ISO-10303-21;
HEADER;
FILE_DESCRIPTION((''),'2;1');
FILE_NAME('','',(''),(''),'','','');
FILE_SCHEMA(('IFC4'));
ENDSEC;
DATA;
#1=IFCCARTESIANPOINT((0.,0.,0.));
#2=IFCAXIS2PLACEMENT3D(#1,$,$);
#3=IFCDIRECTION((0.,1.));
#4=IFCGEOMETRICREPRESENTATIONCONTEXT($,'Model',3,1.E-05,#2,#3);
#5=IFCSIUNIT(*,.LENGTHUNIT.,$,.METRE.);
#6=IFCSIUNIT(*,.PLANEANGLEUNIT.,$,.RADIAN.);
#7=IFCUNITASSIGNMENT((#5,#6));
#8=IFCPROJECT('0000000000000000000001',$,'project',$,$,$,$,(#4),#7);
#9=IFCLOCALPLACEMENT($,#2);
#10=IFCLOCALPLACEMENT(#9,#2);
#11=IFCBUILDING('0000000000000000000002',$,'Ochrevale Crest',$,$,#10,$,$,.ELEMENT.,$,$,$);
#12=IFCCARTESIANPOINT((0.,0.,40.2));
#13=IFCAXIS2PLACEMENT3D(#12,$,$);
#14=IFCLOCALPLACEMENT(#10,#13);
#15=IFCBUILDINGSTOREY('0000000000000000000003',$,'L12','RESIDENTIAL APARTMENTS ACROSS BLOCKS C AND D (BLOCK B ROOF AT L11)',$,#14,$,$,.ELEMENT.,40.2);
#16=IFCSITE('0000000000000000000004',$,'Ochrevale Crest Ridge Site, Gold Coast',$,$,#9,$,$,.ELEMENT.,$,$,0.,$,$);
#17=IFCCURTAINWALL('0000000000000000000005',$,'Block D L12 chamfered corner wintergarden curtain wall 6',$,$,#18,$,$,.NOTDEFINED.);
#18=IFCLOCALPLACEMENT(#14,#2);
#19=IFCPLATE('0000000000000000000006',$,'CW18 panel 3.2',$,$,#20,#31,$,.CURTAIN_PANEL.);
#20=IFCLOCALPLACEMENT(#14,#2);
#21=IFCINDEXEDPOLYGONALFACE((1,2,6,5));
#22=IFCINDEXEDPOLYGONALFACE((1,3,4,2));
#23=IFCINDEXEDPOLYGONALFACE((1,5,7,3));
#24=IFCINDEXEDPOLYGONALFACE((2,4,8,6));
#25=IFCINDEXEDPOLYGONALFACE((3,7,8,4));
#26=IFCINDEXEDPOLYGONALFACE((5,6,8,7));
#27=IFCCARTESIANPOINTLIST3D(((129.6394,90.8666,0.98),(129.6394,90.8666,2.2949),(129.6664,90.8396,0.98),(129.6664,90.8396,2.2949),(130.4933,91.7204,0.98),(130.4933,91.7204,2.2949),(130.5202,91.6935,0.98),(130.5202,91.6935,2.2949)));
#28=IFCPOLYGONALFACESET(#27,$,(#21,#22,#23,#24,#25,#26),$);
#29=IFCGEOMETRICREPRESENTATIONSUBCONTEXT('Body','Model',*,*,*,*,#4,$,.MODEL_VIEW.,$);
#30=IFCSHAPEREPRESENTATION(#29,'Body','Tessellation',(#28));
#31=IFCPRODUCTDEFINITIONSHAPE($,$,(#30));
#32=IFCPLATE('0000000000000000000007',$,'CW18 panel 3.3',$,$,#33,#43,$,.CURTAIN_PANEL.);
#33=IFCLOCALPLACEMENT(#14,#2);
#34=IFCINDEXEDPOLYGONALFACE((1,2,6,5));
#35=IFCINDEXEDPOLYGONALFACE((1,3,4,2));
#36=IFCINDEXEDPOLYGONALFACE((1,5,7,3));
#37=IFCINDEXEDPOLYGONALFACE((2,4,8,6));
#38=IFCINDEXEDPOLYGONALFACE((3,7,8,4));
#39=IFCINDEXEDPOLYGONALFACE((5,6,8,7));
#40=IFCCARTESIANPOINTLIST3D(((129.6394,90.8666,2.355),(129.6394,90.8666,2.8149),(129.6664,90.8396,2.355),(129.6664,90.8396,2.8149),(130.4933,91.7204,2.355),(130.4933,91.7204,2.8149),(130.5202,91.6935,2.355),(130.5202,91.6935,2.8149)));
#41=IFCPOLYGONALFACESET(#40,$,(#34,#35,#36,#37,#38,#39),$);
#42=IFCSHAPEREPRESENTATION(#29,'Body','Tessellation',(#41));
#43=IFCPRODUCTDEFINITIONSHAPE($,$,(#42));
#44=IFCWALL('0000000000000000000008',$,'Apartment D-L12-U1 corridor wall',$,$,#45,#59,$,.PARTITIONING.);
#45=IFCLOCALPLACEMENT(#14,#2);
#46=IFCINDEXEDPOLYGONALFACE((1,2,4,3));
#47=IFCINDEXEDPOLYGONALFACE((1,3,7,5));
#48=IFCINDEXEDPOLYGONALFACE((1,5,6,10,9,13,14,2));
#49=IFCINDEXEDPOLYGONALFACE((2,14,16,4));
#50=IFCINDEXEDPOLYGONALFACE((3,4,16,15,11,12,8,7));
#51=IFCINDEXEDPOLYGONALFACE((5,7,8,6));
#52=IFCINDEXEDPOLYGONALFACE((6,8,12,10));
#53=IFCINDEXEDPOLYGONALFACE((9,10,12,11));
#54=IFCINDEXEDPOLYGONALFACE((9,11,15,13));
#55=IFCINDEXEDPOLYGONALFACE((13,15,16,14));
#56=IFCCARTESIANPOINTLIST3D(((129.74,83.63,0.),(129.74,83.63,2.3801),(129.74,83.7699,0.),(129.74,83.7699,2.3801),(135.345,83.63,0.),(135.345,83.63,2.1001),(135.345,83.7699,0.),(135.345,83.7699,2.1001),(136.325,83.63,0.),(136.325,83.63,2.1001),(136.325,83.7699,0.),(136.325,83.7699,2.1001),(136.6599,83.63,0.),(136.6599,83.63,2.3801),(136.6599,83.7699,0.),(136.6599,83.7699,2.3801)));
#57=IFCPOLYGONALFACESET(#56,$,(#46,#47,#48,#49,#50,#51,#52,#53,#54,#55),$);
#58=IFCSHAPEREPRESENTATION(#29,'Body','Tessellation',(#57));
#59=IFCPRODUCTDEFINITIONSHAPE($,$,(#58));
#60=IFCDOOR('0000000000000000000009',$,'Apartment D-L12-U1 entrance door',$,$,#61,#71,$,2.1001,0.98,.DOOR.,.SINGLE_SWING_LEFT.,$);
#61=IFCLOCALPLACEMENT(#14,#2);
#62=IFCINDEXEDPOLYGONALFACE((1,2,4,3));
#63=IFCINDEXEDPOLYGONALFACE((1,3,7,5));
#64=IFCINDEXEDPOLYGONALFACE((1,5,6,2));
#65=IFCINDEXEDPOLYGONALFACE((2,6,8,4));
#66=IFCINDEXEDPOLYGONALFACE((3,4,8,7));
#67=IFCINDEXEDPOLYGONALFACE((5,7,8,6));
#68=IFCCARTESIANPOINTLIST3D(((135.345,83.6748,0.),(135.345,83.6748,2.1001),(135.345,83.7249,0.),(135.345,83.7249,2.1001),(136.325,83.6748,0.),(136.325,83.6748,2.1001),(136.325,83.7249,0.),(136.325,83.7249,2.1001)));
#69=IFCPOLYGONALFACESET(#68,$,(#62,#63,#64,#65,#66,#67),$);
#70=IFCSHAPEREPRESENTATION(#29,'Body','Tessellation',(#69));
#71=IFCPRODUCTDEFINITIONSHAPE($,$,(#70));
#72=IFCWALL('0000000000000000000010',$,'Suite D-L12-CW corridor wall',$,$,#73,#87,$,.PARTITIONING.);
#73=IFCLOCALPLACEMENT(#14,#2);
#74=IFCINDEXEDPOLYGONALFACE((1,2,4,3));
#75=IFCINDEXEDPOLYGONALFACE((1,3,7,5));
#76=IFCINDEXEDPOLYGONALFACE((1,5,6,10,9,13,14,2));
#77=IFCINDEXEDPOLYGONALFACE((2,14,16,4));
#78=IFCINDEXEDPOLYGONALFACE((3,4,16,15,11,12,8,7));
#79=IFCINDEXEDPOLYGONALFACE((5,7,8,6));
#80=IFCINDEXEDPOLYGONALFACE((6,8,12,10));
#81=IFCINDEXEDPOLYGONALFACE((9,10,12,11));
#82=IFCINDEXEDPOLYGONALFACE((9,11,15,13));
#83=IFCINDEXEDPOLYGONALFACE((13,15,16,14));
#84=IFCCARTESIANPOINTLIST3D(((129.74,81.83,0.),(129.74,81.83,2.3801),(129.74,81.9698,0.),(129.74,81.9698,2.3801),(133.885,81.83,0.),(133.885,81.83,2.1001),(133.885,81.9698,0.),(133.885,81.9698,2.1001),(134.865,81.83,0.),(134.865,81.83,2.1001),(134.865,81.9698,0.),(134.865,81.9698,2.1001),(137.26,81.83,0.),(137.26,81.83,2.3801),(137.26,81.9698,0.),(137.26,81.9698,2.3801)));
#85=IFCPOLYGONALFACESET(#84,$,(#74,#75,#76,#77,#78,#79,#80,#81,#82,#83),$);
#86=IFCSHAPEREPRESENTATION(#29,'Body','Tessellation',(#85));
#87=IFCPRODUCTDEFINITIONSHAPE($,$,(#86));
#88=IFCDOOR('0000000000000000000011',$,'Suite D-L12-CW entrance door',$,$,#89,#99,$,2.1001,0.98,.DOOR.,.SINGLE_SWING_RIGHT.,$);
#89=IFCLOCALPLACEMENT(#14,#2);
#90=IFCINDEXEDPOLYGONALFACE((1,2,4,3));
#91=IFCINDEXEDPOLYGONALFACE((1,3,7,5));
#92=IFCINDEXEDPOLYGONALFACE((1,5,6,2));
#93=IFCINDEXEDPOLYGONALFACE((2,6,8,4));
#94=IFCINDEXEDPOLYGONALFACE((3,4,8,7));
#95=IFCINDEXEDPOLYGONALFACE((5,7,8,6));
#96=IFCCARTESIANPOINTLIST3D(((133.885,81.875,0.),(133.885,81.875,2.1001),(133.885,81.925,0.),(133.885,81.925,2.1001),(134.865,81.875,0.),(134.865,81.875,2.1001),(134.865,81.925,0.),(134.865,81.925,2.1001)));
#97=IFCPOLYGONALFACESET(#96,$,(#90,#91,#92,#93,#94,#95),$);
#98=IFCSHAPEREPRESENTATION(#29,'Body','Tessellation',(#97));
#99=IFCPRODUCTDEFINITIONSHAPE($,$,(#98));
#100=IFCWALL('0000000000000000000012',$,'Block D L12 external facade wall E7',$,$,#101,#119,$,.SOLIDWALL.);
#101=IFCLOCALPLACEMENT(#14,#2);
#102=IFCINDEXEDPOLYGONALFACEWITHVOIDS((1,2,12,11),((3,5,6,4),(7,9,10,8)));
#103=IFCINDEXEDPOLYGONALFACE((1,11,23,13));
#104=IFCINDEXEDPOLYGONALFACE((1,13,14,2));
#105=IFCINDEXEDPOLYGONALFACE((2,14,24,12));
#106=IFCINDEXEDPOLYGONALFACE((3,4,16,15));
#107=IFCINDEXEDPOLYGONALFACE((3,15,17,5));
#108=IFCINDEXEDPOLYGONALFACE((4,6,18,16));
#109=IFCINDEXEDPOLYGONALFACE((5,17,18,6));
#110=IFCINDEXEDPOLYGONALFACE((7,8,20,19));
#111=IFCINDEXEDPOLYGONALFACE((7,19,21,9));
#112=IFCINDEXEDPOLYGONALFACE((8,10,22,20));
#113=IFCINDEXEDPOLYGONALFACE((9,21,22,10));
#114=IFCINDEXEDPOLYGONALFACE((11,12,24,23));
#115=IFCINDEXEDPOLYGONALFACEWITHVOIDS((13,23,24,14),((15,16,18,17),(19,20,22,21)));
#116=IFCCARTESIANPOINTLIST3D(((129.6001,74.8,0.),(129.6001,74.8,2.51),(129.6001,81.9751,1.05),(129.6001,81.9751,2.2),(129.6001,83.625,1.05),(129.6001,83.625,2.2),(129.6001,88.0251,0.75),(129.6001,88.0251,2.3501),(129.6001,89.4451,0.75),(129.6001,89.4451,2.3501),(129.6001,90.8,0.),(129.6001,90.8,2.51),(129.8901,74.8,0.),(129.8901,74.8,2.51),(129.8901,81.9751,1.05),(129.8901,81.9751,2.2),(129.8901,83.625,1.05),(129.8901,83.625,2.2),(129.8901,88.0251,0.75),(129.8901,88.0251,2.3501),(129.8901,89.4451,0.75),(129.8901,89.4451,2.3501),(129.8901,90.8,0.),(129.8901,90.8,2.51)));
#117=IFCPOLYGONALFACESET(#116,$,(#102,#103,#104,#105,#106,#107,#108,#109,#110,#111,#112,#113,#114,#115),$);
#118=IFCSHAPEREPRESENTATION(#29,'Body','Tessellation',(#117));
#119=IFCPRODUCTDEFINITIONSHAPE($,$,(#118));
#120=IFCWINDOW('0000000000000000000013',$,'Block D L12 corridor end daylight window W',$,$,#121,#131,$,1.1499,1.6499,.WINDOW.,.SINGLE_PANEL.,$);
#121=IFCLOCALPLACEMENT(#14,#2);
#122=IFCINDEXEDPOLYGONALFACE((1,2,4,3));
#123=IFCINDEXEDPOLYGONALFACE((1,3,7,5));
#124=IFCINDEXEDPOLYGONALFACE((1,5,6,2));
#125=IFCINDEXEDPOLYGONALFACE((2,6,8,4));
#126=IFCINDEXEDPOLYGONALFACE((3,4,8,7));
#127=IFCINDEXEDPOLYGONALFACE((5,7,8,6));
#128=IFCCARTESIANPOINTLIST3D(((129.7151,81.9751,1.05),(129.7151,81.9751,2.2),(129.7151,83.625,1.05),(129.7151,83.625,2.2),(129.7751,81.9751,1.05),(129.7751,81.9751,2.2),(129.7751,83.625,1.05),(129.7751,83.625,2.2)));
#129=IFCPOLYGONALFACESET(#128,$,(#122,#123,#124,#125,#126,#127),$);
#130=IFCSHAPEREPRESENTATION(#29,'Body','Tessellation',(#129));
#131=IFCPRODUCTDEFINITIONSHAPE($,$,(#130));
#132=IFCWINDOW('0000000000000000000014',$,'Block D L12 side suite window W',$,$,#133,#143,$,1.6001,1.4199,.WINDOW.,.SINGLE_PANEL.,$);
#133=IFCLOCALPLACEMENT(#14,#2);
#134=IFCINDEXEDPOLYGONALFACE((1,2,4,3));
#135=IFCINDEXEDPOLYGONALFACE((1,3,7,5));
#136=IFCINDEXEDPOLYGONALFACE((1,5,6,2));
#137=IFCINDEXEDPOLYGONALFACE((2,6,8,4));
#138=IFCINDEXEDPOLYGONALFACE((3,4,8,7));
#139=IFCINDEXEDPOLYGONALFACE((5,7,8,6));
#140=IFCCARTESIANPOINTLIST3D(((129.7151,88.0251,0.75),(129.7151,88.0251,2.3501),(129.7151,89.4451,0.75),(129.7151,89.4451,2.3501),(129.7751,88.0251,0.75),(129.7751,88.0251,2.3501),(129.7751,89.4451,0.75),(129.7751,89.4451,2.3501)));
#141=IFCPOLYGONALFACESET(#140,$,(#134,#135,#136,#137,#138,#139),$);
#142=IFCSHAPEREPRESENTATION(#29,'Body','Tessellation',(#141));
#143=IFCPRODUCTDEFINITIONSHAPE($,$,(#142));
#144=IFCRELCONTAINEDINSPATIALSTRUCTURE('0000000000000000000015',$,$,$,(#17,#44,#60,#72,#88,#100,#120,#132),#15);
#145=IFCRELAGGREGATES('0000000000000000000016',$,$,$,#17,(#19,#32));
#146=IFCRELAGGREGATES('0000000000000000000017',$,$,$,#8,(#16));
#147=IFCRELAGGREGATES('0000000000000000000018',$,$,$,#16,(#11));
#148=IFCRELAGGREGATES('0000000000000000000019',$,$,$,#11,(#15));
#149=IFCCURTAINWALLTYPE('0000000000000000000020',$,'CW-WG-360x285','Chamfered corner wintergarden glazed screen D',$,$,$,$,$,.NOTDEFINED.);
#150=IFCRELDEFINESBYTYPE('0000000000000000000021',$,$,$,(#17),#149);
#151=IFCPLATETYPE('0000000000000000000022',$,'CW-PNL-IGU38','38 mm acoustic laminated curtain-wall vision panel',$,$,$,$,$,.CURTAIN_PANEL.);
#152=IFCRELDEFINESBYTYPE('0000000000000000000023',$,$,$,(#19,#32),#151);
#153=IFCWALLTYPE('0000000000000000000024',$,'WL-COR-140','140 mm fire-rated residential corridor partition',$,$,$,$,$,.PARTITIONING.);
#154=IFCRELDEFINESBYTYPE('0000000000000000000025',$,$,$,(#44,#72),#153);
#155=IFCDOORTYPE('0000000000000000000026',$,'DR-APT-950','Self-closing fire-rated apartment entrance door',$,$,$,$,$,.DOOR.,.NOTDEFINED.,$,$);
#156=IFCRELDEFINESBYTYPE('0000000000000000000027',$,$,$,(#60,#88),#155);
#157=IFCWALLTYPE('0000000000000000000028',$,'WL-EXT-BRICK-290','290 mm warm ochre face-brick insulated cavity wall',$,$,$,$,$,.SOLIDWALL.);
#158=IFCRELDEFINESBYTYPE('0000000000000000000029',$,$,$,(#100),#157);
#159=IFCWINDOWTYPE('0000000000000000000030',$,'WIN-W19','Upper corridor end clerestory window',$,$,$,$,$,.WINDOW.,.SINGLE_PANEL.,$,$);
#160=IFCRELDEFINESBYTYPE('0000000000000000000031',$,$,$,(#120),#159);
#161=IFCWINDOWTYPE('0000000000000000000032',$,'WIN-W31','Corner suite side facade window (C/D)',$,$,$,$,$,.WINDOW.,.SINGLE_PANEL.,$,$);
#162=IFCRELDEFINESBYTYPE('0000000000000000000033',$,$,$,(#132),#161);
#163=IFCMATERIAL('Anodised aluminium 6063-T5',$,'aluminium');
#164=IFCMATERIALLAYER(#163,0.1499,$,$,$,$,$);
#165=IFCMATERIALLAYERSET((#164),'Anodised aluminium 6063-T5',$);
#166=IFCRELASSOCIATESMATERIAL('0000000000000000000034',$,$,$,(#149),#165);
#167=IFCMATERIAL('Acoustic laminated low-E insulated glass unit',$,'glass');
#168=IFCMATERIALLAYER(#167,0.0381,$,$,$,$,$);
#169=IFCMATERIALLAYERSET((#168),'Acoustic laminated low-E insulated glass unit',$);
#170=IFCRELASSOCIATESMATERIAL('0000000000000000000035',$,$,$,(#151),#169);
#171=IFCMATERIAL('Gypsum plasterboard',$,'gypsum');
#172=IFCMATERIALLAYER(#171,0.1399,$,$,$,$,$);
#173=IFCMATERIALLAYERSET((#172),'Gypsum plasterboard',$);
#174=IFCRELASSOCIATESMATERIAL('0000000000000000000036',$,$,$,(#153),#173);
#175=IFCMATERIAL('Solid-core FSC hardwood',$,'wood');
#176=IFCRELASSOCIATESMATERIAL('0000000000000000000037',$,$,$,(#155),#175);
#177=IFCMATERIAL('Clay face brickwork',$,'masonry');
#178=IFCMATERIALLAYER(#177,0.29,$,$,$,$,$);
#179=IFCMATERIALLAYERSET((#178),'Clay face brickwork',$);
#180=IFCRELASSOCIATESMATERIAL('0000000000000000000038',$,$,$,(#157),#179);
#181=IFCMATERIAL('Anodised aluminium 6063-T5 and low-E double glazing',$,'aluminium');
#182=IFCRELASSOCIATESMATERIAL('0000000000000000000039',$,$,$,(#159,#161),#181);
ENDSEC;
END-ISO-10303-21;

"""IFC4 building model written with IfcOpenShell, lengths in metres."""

from ifc_helpers import new_model, si_unit, direction, frame, frame_2d, origin, origin_2d, place, context, subcontext, project, spatial, rectangle, extrude, material, layer, layer_set, type_object, element, fill, aggregate, save


model = new_model("IFC4")

# Units and contexts
model_context = context("Model", 3, precision=1e-05, world=origin(), true_north=direction((0.0, 1.0)))
body_context = subcontext(model_context, "Body", "Model", "MODEL_VIEW")
ifc_project = project(units=[si_unit("LENGTHUNIT", "METRE"), si_unit("PLANEANGLEUNIT", "RADIAN")], contexts=[model_context])

# Site, building, storey
site_placement = place(None, origin())
site = spatial("IfcSite", under=ifc_project, at=site_placement, Name="Ochrevale Crest Ridge Site, Gold Coast", CompositionType="ELEMENT", RefElevation=0.0)
building_placement = place(site_placement, origin())
building = spatial("IfcBuilding", under=site, at=building_placement, Name="Ochrevale Crest", CompositionType="ELEMENT")
storey_placement = place(building_placement, frame((0.0, 0.0, 40.2)))
storey = spatial("IfcBuildingStorey", under=building, at=storey_placement, Name="L12", Description="RESIDENTIAL APARTMENTS ACROSS BLOCKS C AND D (BLOCK B ROOF AT L11)", CompositionType="ELEMENT", Elevation=40.2)

# Curtain wall
ifc_material_1 = material(Name="Anodised aluminium 6063-T5", Category="aluminium")
ifc_layer_1 = layer(ifc_material_1, 0.1499)
ifc_layer_set_1 = layer_set([ifc_layer_1], Name="Anodised aluminium 6063-T5")
curtain_wall_type_1 = type_object("IfcCurtainWallType", Name="CW-WG-360x285", Description="Chamfered corner wintergarden glazed screen D", PredefinedType="NOTDEFINED", material=ifc_layer_set_1)
curtain_wall_1_placement = place(storey_placement, origin())
curtain_wall_1 = element("IfcCurtainWall", 1, at=curtain_wall_1_placement, inside=storey, type_object=curtain_wall_type_1, Name="Block D L12 chamfered corner wintergarden curtain wall 6", PredefinedType="NOTDEFINED")

# Plates
ifc_material_2 = material(Name="Acoustic laminated low-E insulated glass unit", Category="glass")
ifc_layer_2 = layer(ifc_material_2, 0.0381)
ifc_layer_set_2 = layer_set([ifc_layer_2], Name="Acoustic laminated low-E insulated glass unit")
plate_type_1 = type_object("IfcPlateType", Name="CW-PNL-IGU38", Description="38 mm acoustic laminated curtain-wall vision panel", PredefinedType="CURTAIN_PANEL", material=ifc_layer_set_2)
plate_1_placement = place(storey_placement, frame((130.0798, 91.28, 0.98), z_axis=(0.0, 0.0, 1.0), x_axis=(-0.707107, -0.707107, 0.0)))
plate_1 = element("IfcPlate", 2, at=plate_1_placement, type_object=plate_type_1, Name="CW18 panel 3.2", PredefinedType="CURTAIN_PANEL", context=body_context, shape_type="SweptSolid", body=[
    extrude(rectangle(XDim=1.2075, YDim=0.0381, at=origin_2d()), origin(), (0.0, 0.0, 1.0), 1.3149),
])
plate_2_placement = place(storey_placement, frame((130.0798, 91.28, 2.355), z_axis=(0.0, 0.0, 1.0), x_axis=(-0.707107, -0.707107, 0.0)))
plate_2 = element("IfcPlate", 3, at=plate_2_placement, type_object=plate_type_1, Name="CW18 panel 3.3", PredefinedType="CURTAIN_PANEL", context=body_context, shape_type="SweptSolid", body=[
    extrude(rectangle(XDim=1.2075, YDim=0.0381, at=origin_2d()), origin(), (0.0, 0.0, 1.0), 0.46),
])
aggregate(curtain_wall_1, [plate_1, plate_2])

# Walls, openings, doors
ifc_material_3 = material(Name="Gypsum plasterboard", Category="gypsum")
ifc_layer_3 = layer(ifc_material_3, 0.1399)
ifc_layer_set_3 = layer_set([ifc_layer_3], Name="Gypsum plasterboard")
wall_type_1 = type_object("IfcWallType", Name="WL-COR-140", Description="140 mm fire-rated residential corridor partition", PredefinedType="PARTITIONING", material=ifc_layer_set_3)
wall_1_placement = place(storey_placement, frame((129.74, 83.7, 0.0), z_axis=(0.0, 0.0, 1.0), x_axis=(1.0, 0.0, 0.0)))
wall_1 = element("IfcWall", 4, at=wall_1_placement, inside=storey, type_object=wall_type_1, Name="Apartment D-L12-U1 corridor wall", PredefinedType="PARTITIONING", context=body_context, shape_type="SweptSolid", body=[
    extrude(rectangle(XDim=6.9199, YDim=0.1399, at=frame_2d((3.46, 0.0))), origin(), (0.0, 0.0, 1.0), 2.3801),
])
opening_1_placement = place(wall_1_placement, frame((5.605, 0.0, 0.0)))
opening_1 = element("IfcOpeningElement", 5, at=opening_1_placement, cuts=wall_1, PredefinedType="OPENING", context=body_context, shape_type="SweptSolid", body=[
    extrude(rectangle(XDim=0.98, YDim=2.1001, at=frame_2d((0.49, 1.05))), frame((0.0, 0.0801, 0.0), z_axis=(0.0, -1.0, 0.0), x_axis=(1.0, 0.0, 0.0)), (0.0, 0.0, 1.0), 0.1599),
])
ifc_material_4 = material(Name="Solid-core FSC hardwood", Category="wood")
door_type_1 = type_object("IfcDoorType", Name="DR-APT-950", Description="Self-closing fire-rated apartment entrance door", OperationType="NOTDEFINED", PredefinedType="DOOR", material=ifc_material_4)
door_1_placement = place(opening_1_placement, origin())
door_1 = element("IfcDoor", 6, at=door_1_placement, inside=storey, type_object=door_type_1, Name="Apartment D-L12-U1 entrance door", OperationType="SINGLE_SWING_LEFT", OverallHeight=2.1001, OverallWidth=0.98, PredefinedType="DOOR", context=body_context, shape_type="SweptSolid", body=[
    extrude(rectangle(XDim=0.98, YDim=2.1001, at=frame_2d((0.49, 1.05))), frame((0.0, 0.0249, 0.0), z_axis=(0.0, -1.0, 0.0), x_axis=(1.0, 0.0, 0.0)), (0.0, 0.0, 1.0), 0.05),
])
fill(opening_1, door_1)
wall_2_placement = place(storey_placement, frame((129.74, 81.8999, 0.0), z_axis=(0.0, 0.0, 1.0), x_axis=(1.0, 0.0, 0.0)))
wall_2 = element("IfcWall", 7, at=wall_2_placement, inside=storey, type_object=wall_type_1, Name="Suite D-L12-CW corridor wall", PredefinedType="PARTITIONING", context=body_context, shape_type="SweptSolid", body=[
    extrude(rectangle(XDim=7.52, YDim=0.1399, at=frame_2d((3.76, 0.0))), origin(), (0.0, 0.0, 1.0), 2.3801),
])
opening_2_placement = place(wall_2_placement, frame((5.125, 0.0, 0.0), z_axis=(0.0, 0.0, 1.0), x_axis=(-1.0, 0.0, 0.0)))
opening_2 = element("IfcOpeningElement", 8, at=opening_2_placement, cuts=wall_2, PredefinedType="OPENING", context=body_context, shape_type="SweptSolid", body=[
    extrude(rectangle(XDim=0.98, YDim=2.1001, at=frame_2d((0.49, 1.05))), frame((0.0, 0.0801, 0.0), z_axis=(0.0, -1.0, 0.0), x_axis=(1.0, 0.0, 0.0)), (0.0, 0.0, 1.0), 0.1599),
])
door_2_placement = place(opening_2_placement, origin())
door_2 = element("IfcDoor", 9, at=door_2_placement, inside=storey, type_object=door_type_1, Name="Suite D-L12-CW entrance door", OperationType="SINGLE_SWING_RIGHT", OverallHeight=2.1001, OverallWidth=0.98, PredefinedType="DOOR", context=body_context, shape_type="SweptSolid", body=[
    extrude(rectangle(XDim=0.98, YDim=2.1001, at=frame_2d((0.49, 1.05))), frame((0.0, 0.0249, 0.0), z_axis=(0.0, -1.0, 0.0), x_axis=(1.0, 0.0, 0.0)), (0.0, 0.0, 1.0), 0.05),
])
fill(opening_2, door_2)

# Wall, openings, windows
ifc_material_5 = material(Name="Clay face brickwork", Category="masonry")
ifc_layer_4 = layer(ifc_material_5, 0.29)
ifc_layer_set_4 = layer_set([ifc_layer_4], Name="Clay face brickwork")
wall_type_2 = type_object("IfcWallType", Name="WL-EXT-BRICK-290", Description="290 mm warm ochre face-brick insulated cavity wall", PredefinedType="SOLIDWALL", material=ifc_layer_set_4)
wall_3_placement = place(storey_placement, frame((129.7451, 90.8, 0.0), z_axis=(0.0, 0.0, 1.0), x_axis=(0.0, -1.0, 0.0)))
wall_3 = element("IfcWall", 10, at=wall_3_placement, inside=storey, type_object=wall_type_2, Name="Block D L12 external facade wall E7", PredefinedType="SOLIDWALL", context=body_context, shape_type="SweptSolid", body=[
    extrude(rectangle(XDim=16.0, YDim=0.29, at=frame_2d((8.0, 0.0))), origin(), (0.0, 0.0, 1.0), 2.51),
])
opening_3_placement = place(wall_3_placement, frame((7.175, 0.0, 1.05)))
opening_3 = element("IfcOpeningElement", 11, at=opening_3_placement, cuts=wall_3, PredefinedType="OPENING", context=body_context, shape_type="SweptSolid", body=[
    extrude(rectangle(XDim=1.6499, YDim=1.1499, at=frame_2d((0.825, 0.575))), frame((0.0, 0.155, 0.0), z_axis=(0.0, -1.0, 0.0), x_axis=(1.0, 0.0, 0.0)), (0.0, 0.0, 1.0), 0.3101),
])
opening_4_placement = place(wall_3_placement, frame((1.355, 0.0, 0.75)))
opening_4 = element("IfcOpeningElement", 12, at=opening_4_placement, cuts=wall_3, PredefinedType="OPENING", context=body_context, shape_type="SweptSolid", body=[
    extrude(rectangle(XDim=1.4199, YDim=1.6001, at=frame_2d((0.71, 0.8))), frame((0.0, 0.155, 0.0), z_axis=(0.0, -1.0, 0.0), x_axis=(1.0, 0.0, 0.0)), (0.0, 0.0, 1.0), 0.3101),
])
ifc_material_6 = material(Name="Anodised aluminium 6063-T5 and low-E double glazing", Category="aluminium")
window_type_1 = type_object("IfcWindowType", Name="WIN-W19", Description="Upper corridor end clerestory window", PartitioningType="SINGLE_PANEL", PredefinedType="WINDOW", material=ifc_material_6)
window_1_placement = place(opening_3_placement, origin())
window_1 = element("IfcWindow", 13, at=window_1_placement, inside=storey, type_object=window_type_1, Name="Block D L12 corridor end daylight window W", OverallHeight=1.1499, OverallWidth=1.6499, PartitioningType="SINGLE_PANEL", PredefinedType="WINDOW", context=body_context, shape_type="SweptSolid", body=[
    extrude(rectangle(XDim=1.6499, YDim=1.1499, at=frame_2d((0.825, 0.575))), frame((0.0, 0.03, 0.0), z_axis=(0.0, -1.0, 0.0), x_axis=(1.0, 0.0, 0.0)), (0.0, 0.0, 1.0), 0.0601),
])
fill(opening_3, window_1)
window_type_2 = type_object("IfcWindowType", Name="WIN-W31", Description="Corner suite side facade window (C/D)", PartitioningType="SINGLE_PANEL", PredefinedType="WINDOW", material=ifc_material_6)
window_2_placement = place(opening_4_placement, origin())
window_2 = element("IfcWindow", 14, at=window_2_placement, inside=storey, type_object=window_type_2, Name="Block D L12 side suite window W", OverallHeight=1.6001, OverallWidth=1.4199, PartitioningType="SINGLE_PANEL", PredefinedType="WINDOW", context=body_context, shape_type="SweptSolid", body=[
    extrude(rectangle(XDim=1.4199, YDim=1.6001, at=frame_2d((0.71, 0.8))), frame((0.0, 0.03, 0.0), z_axis=(0.0, -1.0, 0.0), x_axis=(1.0, 0.0, 0.0)), (0.0, 0.0, 1.0), 0.0601),
])
fill(opening_4, window_2)

save(model, "model.ifc")
